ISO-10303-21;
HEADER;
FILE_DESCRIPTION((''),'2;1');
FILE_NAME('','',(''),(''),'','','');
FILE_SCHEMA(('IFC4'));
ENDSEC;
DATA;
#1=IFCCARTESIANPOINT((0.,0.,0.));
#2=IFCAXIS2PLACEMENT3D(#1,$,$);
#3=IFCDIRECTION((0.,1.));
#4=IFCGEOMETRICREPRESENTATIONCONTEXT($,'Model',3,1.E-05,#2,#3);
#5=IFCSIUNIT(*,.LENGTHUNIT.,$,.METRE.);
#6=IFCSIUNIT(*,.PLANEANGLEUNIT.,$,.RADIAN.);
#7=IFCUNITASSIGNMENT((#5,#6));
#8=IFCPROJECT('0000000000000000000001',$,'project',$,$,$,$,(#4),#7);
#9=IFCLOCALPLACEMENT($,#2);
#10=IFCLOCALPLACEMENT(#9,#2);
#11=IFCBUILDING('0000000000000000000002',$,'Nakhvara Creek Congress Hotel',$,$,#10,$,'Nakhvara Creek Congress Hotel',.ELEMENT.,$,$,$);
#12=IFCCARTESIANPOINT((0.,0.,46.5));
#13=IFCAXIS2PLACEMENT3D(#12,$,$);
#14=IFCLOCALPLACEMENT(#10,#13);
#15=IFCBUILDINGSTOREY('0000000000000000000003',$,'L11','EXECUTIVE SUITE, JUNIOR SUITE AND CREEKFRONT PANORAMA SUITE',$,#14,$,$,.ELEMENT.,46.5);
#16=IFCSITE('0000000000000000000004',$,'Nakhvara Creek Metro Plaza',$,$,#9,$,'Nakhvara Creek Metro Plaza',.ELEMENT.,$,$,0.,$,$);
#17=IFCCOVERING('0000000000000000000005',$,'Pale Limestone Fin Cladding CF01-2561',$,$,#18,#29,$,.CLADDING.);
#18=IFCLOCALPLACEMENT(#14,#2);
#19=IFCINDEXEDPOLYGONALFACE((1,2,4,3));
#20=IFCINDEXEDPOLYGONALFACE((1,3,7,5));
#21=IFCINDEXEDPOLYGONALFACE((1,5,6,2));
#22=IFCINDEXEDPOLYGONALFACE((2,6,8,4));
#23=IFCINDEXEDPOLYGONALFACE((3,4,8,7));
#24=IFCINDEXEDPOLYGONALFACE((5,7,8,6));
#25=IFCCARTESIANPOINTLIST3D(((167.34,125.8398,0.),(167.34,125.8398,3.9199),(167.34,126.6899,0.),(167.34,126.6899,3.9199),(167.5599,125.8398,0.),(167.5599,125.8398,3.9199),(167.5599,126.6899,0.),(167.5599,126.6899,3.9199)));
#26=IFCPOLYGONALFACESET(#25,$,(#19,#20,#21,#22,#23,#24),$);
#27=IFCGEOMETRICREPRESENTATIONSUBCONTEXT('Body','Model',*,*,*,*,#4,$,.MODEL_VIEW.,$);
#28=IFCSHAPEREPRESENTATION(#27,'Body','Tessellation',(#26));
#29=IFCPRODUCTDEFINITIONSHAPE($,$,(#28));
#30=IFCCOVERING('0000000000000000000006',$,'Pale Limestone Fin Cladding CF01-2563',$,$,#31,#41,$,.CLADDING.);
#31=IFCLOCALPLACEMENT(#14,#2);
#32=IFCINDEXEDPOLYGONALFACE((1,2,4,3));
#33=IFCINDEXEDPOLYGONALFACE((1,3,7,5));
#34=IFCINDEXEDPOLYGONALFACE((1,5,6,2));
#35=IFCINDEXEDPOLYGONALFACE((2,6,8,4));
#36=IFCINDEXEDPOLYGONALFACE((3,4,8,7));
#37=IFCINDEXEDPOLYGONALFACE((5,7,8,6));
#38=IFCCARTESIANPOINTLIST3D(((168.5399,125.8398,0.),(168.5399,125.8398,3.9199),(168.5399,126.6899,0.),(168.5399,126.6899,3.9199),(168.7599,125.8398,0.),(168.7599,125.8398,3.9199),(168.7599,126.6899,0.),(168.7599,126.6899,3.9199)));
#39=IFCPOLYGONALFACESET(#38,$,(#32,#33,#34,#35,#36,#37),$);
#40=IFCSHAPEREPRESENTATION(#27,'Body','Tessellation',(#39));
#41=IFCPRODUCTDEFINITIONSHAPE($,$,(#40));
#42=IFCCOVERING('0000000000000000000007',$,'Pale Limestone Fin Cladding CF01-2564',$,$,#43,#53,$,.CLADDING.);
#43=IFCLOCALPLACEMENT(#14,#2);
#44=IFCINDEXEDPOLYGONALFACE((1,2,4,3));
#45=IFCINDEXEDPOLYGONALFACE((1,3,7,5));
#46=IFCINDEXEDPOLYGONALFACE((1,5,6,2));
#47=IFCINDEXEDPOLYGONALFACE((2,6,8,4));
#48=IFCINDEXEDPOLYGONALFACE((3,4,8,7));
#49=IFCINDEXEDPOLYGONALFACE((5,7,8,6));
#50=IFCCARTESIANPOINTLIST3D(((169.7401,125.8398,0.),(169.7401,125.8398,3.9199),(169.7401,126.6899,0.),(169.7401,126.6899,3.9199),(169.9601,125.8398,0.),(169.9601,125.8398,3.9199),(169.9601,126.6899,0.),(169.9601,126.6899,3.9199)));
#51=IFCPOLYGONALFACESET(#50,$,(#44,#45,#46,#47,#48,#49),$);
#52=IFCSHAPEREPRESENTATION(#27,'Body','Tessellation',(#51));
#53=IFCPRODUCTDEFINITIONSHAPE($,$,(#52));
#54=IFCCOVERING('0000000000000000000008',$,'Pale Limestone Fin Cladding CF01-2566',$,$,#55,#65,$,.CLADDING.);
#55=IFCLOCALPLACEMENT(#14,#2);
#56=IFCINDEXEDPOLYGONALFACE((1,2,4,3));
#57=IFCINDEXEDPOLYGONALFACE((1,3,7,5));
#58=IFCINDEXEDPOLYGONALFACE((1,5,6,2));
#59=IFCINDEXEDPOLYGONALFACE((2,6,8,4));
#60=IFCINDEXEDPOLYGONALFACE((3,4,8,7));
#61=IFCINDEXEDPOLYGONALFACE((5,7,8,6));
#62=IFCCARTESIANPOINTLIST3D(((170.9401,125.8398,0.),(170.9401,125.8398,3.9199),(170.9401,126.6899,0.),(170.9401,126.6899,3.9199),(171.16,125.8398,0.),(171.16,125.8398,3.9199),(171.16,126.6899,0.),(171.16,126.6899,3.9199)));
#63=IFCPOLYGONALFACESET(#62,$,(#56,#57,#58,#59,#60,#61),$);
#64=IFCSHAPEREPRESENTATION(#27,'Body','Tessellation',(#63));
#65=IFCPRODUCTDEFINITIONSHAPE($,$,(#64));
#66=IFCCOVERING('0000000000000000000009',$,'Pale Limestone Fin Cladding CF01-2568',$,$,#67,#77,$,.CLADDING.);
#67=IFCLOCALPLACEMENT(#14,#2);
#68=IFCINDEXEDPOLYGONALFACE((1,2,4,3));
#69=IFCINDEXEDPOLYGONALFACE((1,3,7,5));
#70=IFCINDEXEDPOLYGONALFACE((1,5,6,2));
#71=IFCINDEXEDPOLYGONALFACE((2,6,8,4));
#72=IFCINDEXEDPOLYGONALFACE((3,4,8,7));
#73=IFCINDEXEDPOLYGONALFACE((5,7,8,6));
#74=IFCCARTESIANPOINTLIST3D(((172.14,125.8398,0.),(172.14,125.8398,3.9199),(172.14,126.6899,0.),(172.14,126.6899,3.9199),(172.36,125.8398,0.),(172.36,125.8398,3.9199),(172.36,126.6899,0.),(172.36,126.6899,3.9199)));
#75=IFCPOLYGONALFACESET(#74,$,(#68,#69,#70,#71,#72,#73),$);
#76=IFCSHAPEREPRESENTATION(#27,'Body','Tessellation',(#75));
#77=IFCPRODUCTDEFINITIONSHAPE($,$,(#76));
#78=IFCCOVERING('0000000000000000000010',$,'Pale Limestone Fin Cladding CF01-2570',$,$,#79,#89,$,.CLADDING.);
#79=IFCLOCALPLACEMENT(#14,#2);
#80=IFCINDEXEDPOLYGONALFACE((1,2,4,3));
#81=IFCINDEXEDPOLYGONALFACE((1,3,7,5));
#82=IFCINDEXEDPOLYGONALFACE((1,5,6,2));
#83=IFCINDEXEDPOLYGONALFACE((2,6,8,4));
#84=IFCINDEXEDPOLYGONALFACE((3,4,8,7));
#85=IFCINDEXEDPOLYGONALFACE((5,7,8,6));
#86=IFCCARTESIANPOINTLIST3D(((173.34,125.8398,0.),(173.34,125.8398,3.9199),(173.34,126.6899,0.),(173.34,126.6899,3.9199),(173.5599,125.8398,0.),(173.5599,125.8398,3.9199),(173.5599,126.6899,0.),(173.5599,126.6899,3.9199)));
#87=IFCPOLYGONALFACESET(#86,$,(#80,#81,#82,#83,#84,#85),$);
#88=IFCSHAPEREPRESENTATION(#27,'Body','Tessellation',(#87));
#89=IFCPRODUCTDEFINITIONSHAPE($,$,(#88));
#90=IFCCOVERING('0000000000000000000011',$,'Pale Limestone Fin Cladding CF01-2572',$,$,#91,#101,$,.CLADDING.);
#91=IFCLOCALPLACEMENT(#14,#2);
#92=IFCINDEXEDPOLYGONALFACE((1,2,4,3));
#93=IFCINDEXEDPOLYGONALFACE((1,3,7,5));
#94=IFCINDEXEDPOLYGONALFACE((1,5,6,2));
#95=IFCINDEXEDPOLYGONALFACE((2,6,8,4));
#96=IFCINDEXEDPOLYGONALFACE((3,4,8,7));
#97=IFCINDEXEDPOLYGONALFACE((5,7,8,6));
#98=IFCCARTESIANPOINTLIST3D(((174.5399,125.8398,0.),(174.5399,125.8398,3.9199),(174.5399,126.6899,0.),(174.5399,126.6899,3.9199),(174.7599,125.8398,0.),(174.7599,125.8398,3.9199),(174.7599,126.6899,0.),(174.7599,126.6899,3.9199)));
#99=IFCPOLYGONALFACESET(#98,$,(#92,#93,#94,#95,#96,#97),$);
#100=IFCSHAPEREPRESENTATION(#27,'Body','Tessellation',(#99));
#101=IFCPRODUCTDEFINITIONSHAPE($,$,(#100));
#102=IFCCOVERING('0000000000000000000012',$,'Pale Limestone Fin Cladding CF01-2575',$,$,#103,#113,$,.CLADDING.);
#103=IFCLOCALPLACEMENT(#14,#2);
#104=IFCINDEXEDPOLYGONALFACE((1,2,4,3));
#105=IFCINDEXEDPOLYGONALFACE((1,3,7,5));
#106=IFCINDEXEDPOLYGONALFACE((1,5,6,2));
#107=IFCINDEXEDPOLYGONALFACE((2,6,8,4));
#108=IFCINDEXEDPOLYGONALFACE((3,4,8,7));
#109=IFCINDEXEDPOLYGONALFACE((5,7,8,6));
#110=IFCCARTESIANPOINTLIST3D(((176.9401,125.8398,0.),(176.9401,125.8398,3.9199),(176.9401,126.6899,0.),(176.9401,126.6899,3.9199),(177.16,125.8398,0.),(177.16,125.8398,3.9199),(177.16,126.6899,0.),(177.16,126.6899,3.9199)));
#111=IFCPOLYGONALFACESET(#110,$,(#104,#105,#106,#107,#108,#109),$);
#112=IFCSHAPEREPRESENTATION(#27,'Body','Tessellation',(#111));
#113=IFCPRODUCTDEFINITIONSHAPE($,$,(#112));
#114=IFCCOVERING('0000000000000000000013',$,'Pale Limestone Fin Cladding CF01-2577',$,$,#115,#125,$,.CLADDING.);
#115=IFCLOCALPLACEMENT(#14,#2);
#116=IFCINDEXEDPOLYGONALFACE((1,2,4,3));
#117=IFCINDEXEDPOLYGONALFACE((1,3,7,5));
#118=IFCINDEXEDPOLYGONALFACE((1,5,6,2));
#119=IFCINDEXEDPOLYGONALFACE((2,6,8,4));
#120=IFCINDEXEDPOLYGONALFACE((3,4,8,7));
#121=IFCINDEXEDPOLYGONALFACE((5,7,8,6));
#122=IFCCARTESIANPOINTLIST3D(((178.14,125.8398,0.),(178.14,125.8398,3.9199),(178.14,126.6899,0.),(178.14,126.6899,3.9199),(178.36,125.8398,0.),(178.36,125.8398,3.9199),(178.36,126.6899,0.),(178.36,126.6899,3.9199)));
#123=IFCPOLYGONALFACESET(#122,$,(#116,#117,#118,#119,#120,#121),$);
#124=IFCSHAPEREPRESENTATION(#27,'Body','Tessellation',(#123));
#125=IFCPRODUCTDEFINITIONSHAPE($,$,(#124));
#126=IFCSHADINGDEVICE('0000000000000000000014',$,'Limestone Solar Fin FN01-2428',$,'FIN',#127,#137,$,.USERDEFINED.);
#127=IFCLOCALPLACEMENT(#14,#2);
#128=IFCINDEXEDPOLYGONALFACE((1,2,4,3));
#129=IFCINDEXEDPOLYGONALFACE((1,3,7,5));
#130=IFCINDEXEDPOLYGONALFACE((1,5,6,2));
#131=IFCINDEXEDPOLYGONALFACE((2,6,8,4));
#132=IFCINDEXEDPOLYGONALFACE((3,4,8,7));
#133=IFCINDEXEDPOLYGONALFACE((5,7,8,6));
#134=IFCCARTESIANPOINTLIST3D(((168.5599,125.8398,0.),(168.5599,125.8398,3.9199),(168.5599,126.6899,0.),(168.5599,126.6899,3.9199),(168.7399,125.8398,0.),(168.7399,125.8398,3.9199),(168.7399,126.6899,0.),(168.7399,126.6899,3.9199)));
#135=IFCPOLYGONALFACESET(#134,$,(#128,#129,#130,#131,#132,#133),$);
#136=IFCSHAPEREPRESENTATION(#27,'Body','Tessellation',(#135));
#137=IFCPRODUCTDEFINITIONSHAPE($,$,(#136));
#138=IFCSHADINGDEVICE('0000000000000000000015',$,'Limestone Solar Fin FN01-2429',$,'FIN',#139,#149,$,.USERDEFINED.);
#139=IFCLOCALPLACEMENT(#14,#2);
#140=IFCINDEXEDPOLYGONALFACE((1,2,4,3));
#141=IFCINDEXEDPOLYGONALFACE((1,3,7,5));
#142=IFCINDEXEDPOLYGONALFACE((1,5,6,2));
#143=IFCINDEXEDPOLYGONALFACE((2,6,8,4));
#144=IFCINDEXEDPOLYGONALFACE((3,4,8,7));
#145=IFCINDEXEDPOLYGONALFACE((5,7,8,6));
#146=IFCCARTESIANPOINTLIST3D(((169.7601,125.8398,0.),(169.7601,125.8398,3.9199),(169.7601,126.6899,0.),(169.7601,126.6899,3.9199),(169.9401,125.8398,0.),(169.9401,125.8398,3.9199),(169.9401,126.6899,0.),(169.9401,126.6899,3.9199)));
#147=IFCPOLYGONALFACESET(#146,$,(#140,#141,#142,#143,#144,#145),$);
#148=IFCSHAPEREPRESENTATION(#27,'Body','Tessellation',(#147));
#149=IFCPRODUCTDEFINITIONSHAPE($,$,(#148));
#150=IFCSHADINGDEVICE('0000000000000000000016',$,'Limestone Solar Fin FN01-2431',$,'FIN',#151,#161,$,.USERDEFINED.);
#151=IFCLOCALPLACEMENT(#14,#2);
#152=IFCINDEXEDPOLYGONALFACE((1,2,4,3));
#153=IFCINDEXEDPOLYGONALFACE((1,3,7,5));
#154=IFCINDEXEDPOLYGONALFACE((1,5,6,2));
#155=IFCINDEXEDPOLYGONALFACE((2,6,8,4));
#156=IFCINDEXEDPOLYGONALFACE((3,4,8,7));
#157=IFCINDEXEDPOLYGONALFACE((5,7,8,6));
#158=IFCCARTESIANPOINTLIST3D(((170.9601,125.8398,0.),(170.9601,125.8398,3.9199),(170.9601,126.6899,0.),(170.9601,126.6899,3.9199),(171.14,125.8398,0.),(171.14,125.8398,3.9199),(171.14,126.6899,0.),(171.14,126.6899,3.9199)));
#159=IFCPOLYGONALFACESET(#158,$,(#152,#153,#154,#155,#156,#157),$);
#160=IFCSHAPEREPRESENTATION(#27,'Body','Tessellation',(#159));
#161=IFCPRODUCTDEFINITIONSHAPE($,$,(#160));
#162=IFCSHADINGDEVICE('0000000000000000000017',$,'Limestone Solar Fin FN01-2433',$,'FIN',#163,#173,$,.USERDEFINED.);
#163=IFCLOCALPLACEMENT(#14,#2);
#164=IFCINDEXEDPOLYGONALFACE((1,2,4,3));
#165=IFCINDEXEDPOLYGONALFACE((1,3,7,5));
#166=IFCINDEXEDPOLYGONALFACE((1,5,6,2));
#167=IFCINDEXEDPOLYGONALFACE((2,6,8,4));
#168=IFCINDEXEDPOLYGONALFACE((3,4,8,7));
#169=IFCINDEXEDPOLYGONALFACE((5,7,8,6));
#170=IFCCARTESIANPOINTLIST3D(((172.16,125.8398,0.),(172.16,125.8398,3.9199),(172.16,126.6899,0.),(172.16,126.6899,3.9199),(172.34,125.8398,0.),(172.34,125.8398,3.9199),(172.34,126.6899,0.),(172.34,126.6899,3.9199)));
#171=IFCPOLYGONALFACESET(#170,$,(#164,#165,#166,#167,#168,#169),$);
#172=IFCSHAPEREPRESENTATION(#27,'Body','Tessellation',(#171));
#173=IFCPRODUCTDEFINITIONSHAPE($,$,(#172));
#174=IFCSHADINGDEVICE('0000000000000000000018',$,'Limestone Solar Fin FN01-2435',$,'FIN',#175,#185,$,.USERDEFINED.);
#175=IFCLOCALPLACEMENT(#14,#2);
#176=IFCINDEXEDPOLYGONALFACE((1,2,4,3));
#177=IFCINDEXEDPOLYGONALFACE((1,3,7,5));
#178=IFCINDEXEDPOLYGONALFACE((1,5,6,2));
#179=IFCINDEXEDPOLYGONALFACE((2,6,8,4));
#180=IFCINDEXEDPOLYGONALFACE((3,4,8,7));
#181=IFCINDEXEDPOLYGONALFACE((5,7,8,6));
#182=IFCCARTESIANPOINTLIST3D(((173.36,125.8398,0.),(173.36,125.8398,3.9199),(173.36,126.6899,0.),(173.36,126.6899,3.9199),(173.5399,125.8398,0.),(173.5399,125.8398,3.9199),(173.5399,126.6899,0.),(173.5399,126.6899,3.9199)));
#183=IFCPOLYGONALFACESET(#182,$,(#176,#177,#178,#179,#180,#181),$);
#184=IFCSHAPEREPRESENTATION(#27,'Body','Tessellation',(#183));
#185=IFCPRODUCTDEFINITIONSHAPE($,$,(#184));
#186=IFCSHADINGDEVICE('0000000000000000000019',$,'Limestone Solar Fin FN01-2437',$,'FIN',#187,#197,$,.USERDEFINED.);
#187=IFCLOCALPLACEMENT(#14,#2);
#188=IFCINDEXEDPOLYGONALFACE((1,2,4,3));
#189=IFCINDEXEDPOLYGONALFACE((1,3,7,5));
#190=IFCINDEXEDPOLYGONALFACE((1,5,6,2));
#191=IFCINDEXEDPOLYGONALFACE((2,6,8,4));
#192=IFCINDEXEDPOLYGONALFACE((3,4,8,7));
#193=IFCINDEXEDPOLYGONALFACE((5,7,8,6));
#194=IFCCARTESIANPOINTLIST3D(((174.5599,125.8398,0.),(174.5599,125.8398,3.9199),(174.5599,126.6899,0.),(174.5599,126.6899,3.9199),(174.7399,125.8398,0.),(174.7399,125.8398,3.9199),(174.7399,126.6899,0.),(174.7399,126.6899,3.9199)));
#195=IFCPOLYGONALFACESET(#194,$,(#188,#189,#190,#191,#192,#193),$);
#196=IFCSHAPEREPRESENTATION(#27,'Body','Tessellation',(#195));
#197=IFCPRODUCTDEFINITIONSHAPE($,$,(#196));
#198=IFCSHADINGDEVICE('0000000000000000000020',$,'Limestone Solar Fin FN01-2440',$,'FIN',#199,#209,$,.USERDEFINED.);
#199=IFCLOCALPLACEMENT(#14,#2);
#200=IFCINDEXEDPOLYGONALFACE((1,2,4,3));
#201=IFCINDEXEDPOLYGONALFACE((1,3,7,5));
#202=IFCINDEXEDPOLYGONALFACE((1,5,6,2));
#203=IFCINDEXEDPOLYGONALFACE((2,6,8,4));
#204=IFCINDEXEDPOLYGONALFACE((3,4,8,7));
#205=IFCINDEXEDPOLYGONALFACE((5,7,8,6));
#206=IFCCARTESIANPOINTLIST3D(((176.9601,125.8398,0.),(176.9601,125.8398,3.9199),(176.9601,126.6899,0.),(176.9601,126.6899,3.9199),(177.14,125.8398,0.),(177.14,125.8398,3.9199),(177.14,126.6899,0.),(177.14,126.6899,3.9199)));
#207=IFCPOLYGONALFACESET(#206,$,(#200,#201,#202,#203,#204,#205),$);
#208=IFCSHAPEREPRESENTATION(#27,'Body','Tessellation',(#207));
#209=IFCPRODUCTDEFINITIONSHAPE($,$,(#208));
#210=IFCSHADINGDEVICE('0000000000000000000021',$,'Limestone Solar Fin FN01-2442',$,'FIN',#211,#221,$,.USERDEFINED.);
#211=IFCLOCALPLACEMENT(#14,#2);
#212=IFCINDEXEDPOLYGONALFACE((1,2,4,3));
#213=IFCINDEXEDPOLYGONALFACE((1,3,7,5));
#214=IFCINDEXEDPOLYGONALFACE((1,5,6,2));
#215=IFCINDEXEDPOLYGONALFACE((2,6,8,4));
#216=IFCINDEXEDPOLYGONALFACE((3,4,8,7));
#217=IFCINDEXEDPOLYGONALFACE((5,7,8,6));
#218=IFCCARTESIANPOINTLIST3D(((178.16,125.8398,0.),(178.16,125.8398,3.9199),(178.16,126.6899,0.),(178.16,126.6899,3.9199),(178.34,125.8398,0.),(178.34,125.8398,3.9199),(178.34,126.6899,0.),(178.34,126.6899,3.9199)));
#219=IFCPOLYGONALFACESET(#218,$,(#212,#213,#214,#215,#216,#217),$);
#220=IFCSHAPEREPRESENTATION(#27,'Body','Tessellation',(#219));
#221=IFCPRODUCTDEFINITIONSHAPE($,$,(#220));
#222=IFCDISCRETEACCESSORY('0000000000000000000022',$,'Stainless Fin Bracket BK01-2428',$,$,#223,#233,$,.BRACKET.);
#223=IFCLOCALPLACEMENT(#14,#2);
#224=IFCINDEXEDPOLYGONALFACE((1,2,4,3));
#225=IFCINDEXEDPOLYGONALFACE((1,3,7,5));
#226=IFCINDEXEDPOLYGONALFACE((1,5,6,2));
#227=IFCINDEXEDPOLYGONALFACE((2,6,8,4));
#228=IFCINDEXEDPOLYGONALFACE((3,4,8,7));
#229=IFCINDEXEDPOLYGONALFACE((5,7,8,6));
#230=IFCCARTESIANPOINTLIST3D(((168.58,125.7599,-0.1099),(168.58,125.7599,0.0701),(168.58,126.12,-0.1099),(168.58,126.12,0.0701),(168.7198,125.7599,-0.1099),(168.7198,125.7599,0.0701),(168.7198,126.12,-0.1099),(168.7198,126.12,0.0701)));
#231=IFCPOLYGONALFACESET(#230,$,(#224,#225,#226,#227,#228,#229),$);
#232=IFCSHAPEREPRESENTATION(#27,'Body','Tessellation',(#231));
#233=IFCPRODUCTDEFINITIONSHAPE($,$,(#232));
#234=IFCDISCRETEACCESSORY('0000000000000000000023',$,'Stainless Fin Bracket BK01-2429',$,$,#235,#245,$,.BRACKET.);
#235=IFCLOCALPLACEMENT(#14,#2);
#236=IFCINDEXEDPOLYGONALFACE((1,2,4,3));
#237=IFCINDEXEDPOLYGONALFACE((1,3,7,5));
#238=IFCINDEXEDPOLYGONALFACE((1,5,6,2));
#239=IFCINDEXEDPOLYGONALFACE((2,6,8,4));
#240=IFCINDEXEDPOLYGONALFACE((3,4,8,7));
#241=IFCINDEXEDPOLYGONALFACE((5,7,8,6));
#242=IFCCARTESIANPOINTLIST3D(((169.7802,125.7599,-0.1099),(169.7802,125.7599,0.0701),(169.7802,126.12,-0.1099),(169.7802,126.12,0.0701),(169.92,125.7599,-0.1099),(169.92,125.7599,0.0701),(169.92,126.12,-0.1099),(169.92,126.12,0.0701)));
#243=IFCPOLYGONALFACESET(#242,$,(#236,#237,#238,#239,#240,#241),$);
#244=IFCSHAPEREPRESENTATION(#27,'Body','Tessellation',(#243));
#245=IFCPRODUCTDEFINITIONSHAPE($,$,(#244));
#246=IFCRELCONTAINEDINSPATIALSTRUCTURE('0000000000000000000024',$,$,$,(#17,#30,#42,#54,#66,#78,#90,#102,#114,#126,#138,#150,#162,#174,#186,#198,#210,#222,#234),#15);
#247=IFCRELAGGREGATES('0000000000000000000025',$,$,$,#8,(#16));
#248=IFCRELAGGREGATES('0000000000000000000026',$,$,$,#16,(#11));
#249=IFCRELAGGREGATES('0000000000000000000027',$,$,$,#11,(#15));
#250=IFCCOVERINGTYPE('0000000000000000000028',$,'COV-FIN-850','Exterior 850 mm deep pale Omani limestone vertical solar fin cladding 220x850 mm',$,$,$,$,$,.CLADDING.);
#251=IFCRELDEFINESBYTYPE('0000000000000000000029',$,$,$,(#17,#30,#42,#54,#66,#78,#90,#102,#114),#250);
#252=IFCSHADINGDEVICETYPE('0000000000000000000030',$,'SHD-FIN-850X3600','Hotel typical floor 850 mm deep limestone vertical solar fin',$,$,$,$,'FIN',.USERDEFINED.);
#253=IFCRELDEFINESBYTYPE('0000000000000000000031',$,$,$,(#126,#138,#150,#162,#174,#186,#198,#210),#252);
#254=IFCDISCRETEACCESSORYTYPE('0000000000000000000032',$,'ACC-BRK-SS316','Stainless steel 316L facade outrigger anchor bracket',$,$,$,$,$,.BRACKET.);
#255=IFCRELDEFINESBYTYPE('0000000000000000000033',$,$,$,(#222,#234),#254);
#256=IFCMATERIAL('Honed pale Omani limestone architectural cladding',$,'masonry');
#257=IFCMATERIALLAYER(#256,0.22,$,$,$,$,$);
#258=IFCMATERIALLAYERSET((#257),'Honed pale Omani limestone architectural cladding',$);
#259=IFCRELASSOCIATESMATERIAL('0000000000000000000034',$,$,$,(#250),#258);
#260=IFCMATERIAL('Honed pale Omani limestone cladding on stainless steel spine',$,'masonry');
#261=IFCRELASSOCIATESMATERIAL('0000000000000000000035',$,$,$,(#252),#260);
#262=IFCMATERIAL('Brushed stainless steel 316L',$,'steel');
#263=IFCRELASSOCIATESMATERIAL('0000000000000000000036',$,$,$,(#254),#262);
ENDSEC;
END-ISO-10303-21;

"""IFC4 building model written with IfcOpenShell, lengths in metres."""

from ifc_helpers import new_model, si_unit, direction, frame, origin, origin_2d, place, context, subcontext, project, spatial, rectangle, extrude, material, layer, layer_set, type_object, element, save


model = new_model("IFC4")

# Units and contexts
model_context = context("Model", 3, precision=1e-05, world=origin(), true_north=direction((0.0, 1.0)))
body_context = subcontext(model_context, "Body", "Model", "MODEL_VIEW")
ifc_project = project(units=[si_unit("LENGTHUNIT", "METRE"), si_unit("PLANEANGLEUNIT", "RADIAN")], contexts=[model_context])

# Site, building, storey
site_placement = place(None, origin())
site = spatial("IfcSite", under=ifc_project, at=site_placement, Name="Nakhvara Creek Metro Plaza", LongName="Nakhvara Creek Metro Plaza", CompositionType="ELEMENT", RefElevation=0.0)
building_placement = place(site_placement, origin())
building = spatial("IfcBuilding", under=site, at=building_placement, Name="Nakhvara Creek Congress Hotel", LongName="Nakhvara Creek Congress Hotel", CompositionType="ELEMENT")
storey_placement = place(building_placement, frame((0.0, 0.0, 46.5)))
storey = spatial("IfcBuildingStorey", under=building, at=storey_placement, Name="L11", Description="EXECUTIVE SUITE, JUNIOR SUITE AND CREEKFRONT PANORAMA SUITE", CompositionType="ELEMENT", Elevation=46.5)

# Coverings
ifc_material_1 = material(Name="Honed pale Omani limestone architectural cladding", Category="masonry")
ifc_layer_1 = layer(ifc_material_1, 0.22)
ifc_layer_set_1 = layer_set([ifc_layer_1], Name="Honed pale Omani limestone architectural cladding")
covering_type = type_object("IfcCoveringType", Name="COV-FIN-850", Description="Exterior 850 mm deep pale Omani limestone vertical solar fin cladding 220x850 mm", PredefinedType="CLADDING", material=ifc_layer_set_1)
for number, where, z_axis, x_axis, name in (
    (1, (167.45, 126.2649, 0.0), (0.0, 0.0, 1.0), (1.0, 0.0, 0.0), "Pale Limestone Fin Cladding CF01-2561"),
    (2, (168.6499, 126.2649, 0.0), (0.0, 0.0, 1.0), (1.0, 0.0, 0.0), "Pale Limestone Fin Cladding CF01-2563"),
    (3, (169.8501, 126.2649, 0.0), (0.0, 0.0, 1.0), (1.0, 0.0, 0.0), "Pale Limestone Fin Cladding CF01-2564"),
    (4, (171.05, 126.2649, 0.0), (0.0, 0.0, 1.0), (1.0, 0.0, 0.0), "Pale Limestone Fin Cladding CF01-2566"),
    (5, (172.25, 126.2649, 0.0), (0.0, 0.0, 1.0), (1.0, 0.0, 0.0), "Pale Limestone Fin Cladding CF01-2568"),
    (6, (173.45, 126.2649, 0.0), (0.0, 0.0, 1.0), (1.0, 0.0, 0.0), "Pale Limestone Fin Cladding CF01-2570"),
    (7, (174.6499, 126.2649, 0.0), (0.0, 0.0, 1.0), (1.0, 0.0, 0.0), "Pale Limestone Fin Cladding CF01-2572"),
    (8, (177.05, 126.2649, 0.0), (0.0, 0.0, 1.0), (1.0, 0.0, 0.0), "Pale Limestone Fin Cladding CF01-2575"),
    (9, (178.25, 126.2649, 0.0), (0.0, 0.0, 1.0), (1.0, 0.0, 0.0), "Pale Limestone Fin Cladding CF01-2577"),
):
    element("IfcCovering", number, at=place(storey_placement, frame(where, z_axis=z_axis, x_axis=x_axis)), inside=storey, type_object=covering_type, Name=name, PredefinedType="CLADDING", context=body_context, shape_type="SweptSolid", body=[
        extrude(rectangle(XDim=0.22, YDim=0.8501, at=origin_2d()), origin(), (0.0, 0.0, 1.0), 3.9199),
    ])

# Shading devices
ifc_material_2 = material(Name="Honed pale Omani limestone cladding on stainless steel spine", Category="masonry")
shading_device_type = type_object("IfcShadingDeviceType", Name="SHD-FIN-850X3600", Description="Hotel typical floor 850 mm deep limestone vertical solar fin", ElementType="FIN", PredefinedType="USERDEFINED", material=ifc_material_2)
for number, where, z_axis, x_axis, name in (
    (10, (168.6499, 126.2649, 0.0), (0.0, 0.0, 1.0), (1.0, 0.0, 0.0), "Limestone Solar Fin FN01-2428"),
    (11, (169.8501, 126.2649, 0.0), (0.0, 0.0, 1.0), (1.0, 0.0, 0.0), "Limestone Solar Fin FN01-2429"),
    (12, (171.05, 126.2649, 0.0), (0.0, 0.0, 1.0), (1.0, 0.0, 0.0), "Limestone Solar Fin FN01-2431"),
    (13, (172.25, 126.2649, 0.0), (0.0, 0.0, 1.0), (1.0, 0.0, 0.0), "Limestone Solar Fin FN01-2433"),
    (14, (173.45, 126.2649, 0.0), (0.0, 0.0, 1.0), (1.0, 0.0, 0.0), "Limestone Solar Fin FN01-2435"),
    (15, (174.6499, 126.2649, 0.0), (0.0, 0.0, 1.0), (1.0, 0.0, 0.0), "Limestone Solar Fin FN01-2437"),
    (16, (177.05, 126.2649, 0.0), (0.0, 0.0, 1.0), (1.0, 0.0, 0.0), "Limestone Solar Fin FN01-2440"),
    (17, (178.25, 126.2649, 0.0), (0.0, 0.0, 1.0), (1.0, 0.0, 0.0), "Limestone Solar Fin FN01-2442"),
):
    element("IfcShadingDevice", number, at=place(storey_placement, frame(where, z_axis=z_axis, x_axis=x_axis)), inside=storey, type_object=shading_device_type, Name=name, ObjectType="FIN", PredefinedType="USERDEFINED", context=body_context, shape_type="SweptSolid", body=[
        extrude(rectangle(XDim=0.1799, YDim=0.8501, at=origin_2d()), origin(), (0.0, 0.0, 1.0), 3.9199),
    ])

# Discrete accessories
ifc_material_3 = material(Name="Brushed stainless steel 316L", Category="steel")
discrete_accessory_type = type_object("IfcDiscreteAccessoryType", Name="ACC-BRK-SS316", Description="Stainless steel 316L facade outrigger anchor bracket", PredefinedType="BRACKET", material=ifc_material_3)
for number, where, z_axis, x_axis, name in (
    (18, (168.6499, 125.9399, -0.1099), (0.0, 0.0, 1.0), (1.0, 0.0, 0.0), "Stainless Fin Bracket BK01-2428"),
    (19, (169.8501, 125.9399, -0.1099), (0.0, 0.0, 1.0), (1.0, 0.0, 0.0), "Stainless Fin Bracket BK01-2429"),
):
    element("IfcDiscreteAccessory", number, at=place(storey_placement, frame(where, z_axis=z_axis, x_axis=x_axis)), inside=storey, type_object=discrete_accessory_type, Name=name, PredefinedType="BRACKET", context=body_context, shape_type="SweptSolid", body=[
        extrude(rectangle(XDim=0.1399, YDim=0.3601, at=origin_2d()), origin(), (0.0, 0.0, 1.0), 0.1799),
    ])

save(model, "model.ifc")
